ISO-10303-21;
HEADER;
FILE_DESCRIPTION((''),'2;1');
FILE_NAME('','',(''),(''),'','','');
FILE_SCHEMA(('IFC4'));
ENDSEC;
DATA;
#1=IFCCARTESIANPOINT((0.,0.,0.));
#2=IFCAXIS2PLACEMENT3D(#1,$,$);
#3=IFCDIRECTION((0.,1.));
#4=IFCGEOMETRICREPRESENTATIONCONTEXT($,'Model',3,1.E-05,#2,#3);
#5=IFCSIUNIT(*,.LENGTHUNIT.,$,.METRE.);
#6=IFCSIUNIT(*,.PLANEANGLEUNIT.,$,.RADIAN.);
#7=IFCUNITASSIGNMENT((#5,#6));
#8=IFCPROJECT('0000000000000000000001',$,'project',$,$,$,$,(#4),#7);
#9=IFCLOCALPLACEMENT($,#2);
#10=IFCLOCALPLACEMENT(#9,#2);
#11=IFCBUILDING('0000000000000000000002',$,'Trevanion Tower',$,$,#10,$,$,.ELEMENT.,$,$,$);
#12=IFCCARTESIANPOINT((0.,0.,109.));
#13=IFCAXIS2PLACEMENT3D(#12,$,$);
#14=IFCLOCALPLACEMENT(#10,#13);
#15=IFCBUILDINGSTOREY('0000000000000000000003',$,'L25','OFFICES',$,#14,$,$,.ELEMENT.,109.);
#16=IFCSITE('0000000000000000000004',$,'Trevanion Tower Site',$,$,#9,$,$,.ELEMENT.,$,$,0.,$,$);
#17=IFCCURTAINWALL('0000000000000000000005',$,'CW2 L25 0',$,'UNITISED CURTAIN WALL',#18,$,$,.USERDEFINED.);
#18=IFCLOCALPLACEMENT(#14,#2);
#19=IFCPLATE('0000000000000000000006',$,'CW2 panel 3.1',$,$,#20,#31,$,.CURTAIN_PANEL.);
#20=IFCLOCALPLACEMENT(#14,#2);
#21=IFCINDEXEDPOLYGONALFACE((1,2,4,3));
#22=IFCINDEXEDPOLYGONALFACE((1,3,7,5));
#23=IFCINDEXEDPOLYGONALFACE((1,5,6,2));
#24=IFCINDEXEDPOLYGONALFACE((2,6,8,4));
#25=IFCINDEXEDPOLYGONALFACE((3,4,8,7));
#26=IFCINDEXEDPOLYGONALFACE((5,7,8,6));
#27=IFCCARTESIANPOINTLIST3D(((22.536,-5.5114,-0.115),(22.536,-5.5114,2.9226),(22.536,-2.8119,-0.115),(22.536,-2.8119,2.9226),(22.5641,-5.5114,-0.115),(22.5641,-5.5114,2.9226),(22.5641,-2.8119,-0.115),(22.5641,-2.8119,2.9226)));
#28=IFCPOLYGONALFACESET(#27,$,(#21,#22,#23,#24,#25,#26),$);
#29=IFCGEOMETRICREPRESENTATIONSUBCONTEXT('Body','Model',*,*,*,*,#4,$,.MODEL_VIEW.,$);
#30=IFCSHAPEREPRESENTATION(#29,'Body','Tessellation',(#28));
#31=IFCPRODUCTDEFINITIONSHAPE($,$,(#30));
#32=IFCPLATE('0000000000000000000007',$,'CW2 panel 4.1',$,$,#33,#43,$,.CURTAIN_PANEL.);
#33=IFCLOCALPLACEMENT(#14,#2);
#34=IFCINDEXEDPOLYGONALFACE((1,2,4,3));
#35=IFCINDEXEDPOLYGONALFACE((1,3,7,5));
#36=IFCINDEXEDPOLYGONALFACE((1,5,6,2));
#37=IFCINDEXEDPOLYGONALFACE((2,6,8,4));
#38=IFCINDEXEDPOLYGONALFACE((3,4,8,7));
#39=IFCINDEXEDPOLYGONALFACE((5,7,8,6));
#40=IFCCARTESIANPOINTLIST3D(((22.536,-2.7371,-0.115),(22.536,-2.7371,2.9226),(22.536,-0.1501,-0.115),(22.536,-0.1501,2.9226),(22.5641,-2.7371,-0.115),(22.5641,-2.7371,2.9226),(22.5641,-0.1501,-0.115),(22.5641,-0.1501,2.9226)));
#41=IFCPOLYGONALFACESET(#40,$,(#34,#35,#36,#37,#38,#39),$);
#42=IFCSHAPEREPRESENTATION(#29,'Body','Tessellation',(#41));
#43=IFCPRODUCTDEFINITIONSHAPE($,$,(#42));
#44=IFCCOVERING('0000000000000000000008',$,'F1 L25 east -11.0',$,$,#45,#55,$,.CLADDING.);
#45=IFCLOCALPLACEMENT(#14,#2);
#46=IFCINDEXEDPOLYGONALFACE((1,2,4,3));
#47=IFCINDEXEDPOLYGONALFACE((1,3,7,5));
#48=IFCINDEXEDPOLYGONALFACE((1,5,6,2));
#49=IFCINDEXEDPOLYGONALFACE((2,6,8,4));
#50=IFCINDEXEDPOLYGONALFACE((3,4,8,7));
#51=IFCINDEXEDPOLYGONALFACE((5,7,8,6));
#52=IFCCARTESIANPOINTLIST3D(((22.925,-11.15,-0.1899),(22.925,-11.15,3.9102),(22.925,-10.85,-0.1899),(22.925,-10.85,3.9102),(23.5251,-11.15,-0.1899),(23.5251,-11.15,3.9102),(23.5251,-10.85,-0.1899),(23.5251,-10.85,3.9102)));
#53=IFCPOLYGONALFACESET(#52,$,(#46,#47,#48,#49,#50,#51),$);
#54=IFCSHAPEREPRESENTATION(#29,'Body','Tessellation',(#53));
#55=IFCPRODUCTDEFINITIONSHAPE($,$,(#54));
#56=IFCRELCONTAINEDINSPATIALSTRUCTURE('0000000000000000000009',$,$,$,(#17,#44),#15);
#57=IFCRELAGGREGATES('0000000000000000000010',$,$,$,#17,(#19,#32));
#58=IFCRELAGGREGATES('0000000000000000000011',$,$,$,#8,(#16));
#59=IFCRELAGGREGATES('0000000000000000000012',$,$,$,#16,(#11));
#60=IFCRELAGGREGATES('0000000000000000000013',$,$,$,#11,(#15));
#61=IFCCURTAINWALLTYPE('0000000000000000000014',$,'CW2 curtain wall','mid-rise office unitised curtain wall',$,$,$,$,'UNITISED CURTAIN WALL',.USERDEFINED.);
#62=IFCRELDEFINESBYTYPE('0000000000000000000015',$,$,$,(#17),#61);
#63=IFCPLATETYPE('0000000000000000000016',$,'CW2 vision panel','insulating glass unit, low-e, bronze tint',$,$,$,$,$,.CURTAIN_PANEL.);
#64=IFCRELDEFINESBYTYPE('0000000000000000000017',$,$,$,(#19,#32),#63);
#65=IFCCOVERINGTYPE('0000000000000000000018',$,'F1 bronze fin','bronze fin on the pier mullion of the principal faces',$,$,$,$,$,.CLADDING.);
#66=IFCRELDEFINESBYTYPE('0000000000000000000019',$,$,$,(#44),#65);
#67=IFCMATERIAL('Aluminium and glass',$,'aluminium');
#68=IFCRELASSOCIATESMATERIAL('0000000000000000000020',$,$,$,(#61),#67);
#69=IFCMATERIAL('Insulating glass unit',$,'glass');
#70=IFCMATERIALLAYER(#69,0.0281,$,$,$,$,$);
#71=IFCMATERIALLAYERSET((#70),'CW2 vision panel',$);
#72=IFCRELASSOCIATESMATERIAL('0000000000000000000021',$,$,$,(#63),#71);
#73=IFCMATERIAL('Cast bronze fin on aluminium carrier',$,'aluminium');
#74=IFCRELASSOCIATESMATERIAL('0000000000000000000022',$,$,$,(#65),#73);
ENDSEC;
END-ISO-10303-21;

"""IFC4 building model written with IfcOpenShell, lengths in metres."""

from ifc_helpers import new_model, si_unit, direction, frame, origin, origin_2d, place, context, subcontext, project, spatial, rectangle, extrude, material, layer, layer_set, type_object, element, aggregate, save


model = new_model("IFC4")

# Units and contexts
model_context = context("Model", 3, precision=1e-05, world=origin(), true_north=direction((0.0, 1.0)))
body_context = subcontext(model_context, "Body", "Model", "MODEL_VIEW")
ifc_project = project(units=[si_unit("LENGTHUNIT", "METRE"), si_unit("PLANEANGLEUNIT", "RADIAN")], contexts=[model_context])

# Site, building, storey
site_placement = place(None, origin())
site = spatial("IfcSite", under=ifc_project, at=site_placement, Name="Trevanion Tower Site", CompositionType="ELEMENT", RefElevation=0.0)
building_placement = place(site_placement, origin())
building = spatial("IfcBuilding", under=site, at=building_placement, Name="Trevanion Tower", CompositionType="ELEMENT")
storey_placement = place(building_placement, frame((0.0, 0.0, 109.0)))
storey = spatial("IfcBuildingStorey", under=building, at=storey_placement, Name="L25", Description="OFFICES", CompositionType="ELEMENT", Elevation=109.0)

# Curtain wall, plates
ifc_material_1 = material(Name="Aluminium and glass", Category="aluminium")
curtain_wall_type = type_object("IfcCurtainWallType", Name="CW2 curtain wall", Description="mid-rise office unitised curtain wall", ElementType="UNITISED CURTAIN WALL", PredefinedType="USERDEFINED", material=ifc_material_1)
curtain_wall_placement = place(storey_placement, origin())
curtain_wall = element("IfcCurtainWall", 1, at=curtain_wall_placement, inside=storey, type_object=curtain_wall_type, Name="CW2 L25 0", ObjectType="UNITISED CURTAIN WALL", PredefinedType="USERDEFINED")
ifc_material_2 = material(Name="Insulating glass unit", Category="glass")
ifc_layer_1 = layer(ifc_material_2, 0.0281)
ifc_layer_set_1 = layer_set([ifc_layer_1], Name="CW2 vision panel")
plate_type_1 = type_object("IfcPlateType", Name="CW2 vision panel", Description="insulating glass unit, low-e, bronze tint", PredefinedType="CURTAIN_PANEL", material=ifc_layer_set_1)
plate_1_placement = place(storey_placement, frame((22.55, -4.1616, -0.115), z_axis=(0.0, 0.0, 1.0), x_axis=(0.0, 1.0, 0.0)))
plate_1 = element("IfcPlate", 2, at=plate_1_placement, type_object=plate_type_1, Name="CW2 panel 3.1", PredefinedType="CURTAIN_PANEL", context=body_context, shape_type="SweptSolid", body=[
    extrude(rectangle(XDim=2.6995, YDim=0.0281, at=origin_2d()), origin(), (0.0, 0.0, 1.0), 3.0376),
])
plate_2_placement = place(storey_placement, frame((22.55, -1.4436, -0.115), z_axis=(0.0, 0.0, 1.0), x_axis=(0.0, 1.0, 0.0)))
plate_2 = element("IfcPlate", 3, at=plate_2_placement, type_object=plate_type_1, Name="CW2 panel 4.1", PredefinedType="CURTAIN_PANEL", context=body_context, shape_type="SweptSolid", body=[
    extrude(rectangle(XDim=2.5869, YDim=0.0281, at=origin_2d()), origin(), (0.0, 0.0, 1.0), 3.0376),
])
aggregate(curtain_wall, [plate_1, plate_2])

# Covering
ifc_material_3 = material(Name="Cast bronze fin on aluminium carrier", Category="aluminium")
covering_type = type_object("IfcCoveringType", Name="F1 bronze fin", Description="bronze fin on the pier mullion of the principal faces", PredefinedType="CLADDING", material=ifc_material_3)
covering_placement = place(storey_placement, frame((23.2251, -11.0, -0.1899), z_axis=(0.0, 0.0, 1.0), x_axis=(0.0, 1.0, 0.0)))
element("IfcCovering", 4, at=covering_placement, inside=storey, type_object=covering_type, Name="F1 L25 east -11.0", PredefinedType="CLADDING", context=body_context, shape_type="SweptSolid", body=[
    extrude(rectangle(XDim=0.3, YDim=0.6001, at=origin_2d()), origin(), (0.0, 0.0, 1.0), 4.1001),
])

save(model, "model.ifc")
